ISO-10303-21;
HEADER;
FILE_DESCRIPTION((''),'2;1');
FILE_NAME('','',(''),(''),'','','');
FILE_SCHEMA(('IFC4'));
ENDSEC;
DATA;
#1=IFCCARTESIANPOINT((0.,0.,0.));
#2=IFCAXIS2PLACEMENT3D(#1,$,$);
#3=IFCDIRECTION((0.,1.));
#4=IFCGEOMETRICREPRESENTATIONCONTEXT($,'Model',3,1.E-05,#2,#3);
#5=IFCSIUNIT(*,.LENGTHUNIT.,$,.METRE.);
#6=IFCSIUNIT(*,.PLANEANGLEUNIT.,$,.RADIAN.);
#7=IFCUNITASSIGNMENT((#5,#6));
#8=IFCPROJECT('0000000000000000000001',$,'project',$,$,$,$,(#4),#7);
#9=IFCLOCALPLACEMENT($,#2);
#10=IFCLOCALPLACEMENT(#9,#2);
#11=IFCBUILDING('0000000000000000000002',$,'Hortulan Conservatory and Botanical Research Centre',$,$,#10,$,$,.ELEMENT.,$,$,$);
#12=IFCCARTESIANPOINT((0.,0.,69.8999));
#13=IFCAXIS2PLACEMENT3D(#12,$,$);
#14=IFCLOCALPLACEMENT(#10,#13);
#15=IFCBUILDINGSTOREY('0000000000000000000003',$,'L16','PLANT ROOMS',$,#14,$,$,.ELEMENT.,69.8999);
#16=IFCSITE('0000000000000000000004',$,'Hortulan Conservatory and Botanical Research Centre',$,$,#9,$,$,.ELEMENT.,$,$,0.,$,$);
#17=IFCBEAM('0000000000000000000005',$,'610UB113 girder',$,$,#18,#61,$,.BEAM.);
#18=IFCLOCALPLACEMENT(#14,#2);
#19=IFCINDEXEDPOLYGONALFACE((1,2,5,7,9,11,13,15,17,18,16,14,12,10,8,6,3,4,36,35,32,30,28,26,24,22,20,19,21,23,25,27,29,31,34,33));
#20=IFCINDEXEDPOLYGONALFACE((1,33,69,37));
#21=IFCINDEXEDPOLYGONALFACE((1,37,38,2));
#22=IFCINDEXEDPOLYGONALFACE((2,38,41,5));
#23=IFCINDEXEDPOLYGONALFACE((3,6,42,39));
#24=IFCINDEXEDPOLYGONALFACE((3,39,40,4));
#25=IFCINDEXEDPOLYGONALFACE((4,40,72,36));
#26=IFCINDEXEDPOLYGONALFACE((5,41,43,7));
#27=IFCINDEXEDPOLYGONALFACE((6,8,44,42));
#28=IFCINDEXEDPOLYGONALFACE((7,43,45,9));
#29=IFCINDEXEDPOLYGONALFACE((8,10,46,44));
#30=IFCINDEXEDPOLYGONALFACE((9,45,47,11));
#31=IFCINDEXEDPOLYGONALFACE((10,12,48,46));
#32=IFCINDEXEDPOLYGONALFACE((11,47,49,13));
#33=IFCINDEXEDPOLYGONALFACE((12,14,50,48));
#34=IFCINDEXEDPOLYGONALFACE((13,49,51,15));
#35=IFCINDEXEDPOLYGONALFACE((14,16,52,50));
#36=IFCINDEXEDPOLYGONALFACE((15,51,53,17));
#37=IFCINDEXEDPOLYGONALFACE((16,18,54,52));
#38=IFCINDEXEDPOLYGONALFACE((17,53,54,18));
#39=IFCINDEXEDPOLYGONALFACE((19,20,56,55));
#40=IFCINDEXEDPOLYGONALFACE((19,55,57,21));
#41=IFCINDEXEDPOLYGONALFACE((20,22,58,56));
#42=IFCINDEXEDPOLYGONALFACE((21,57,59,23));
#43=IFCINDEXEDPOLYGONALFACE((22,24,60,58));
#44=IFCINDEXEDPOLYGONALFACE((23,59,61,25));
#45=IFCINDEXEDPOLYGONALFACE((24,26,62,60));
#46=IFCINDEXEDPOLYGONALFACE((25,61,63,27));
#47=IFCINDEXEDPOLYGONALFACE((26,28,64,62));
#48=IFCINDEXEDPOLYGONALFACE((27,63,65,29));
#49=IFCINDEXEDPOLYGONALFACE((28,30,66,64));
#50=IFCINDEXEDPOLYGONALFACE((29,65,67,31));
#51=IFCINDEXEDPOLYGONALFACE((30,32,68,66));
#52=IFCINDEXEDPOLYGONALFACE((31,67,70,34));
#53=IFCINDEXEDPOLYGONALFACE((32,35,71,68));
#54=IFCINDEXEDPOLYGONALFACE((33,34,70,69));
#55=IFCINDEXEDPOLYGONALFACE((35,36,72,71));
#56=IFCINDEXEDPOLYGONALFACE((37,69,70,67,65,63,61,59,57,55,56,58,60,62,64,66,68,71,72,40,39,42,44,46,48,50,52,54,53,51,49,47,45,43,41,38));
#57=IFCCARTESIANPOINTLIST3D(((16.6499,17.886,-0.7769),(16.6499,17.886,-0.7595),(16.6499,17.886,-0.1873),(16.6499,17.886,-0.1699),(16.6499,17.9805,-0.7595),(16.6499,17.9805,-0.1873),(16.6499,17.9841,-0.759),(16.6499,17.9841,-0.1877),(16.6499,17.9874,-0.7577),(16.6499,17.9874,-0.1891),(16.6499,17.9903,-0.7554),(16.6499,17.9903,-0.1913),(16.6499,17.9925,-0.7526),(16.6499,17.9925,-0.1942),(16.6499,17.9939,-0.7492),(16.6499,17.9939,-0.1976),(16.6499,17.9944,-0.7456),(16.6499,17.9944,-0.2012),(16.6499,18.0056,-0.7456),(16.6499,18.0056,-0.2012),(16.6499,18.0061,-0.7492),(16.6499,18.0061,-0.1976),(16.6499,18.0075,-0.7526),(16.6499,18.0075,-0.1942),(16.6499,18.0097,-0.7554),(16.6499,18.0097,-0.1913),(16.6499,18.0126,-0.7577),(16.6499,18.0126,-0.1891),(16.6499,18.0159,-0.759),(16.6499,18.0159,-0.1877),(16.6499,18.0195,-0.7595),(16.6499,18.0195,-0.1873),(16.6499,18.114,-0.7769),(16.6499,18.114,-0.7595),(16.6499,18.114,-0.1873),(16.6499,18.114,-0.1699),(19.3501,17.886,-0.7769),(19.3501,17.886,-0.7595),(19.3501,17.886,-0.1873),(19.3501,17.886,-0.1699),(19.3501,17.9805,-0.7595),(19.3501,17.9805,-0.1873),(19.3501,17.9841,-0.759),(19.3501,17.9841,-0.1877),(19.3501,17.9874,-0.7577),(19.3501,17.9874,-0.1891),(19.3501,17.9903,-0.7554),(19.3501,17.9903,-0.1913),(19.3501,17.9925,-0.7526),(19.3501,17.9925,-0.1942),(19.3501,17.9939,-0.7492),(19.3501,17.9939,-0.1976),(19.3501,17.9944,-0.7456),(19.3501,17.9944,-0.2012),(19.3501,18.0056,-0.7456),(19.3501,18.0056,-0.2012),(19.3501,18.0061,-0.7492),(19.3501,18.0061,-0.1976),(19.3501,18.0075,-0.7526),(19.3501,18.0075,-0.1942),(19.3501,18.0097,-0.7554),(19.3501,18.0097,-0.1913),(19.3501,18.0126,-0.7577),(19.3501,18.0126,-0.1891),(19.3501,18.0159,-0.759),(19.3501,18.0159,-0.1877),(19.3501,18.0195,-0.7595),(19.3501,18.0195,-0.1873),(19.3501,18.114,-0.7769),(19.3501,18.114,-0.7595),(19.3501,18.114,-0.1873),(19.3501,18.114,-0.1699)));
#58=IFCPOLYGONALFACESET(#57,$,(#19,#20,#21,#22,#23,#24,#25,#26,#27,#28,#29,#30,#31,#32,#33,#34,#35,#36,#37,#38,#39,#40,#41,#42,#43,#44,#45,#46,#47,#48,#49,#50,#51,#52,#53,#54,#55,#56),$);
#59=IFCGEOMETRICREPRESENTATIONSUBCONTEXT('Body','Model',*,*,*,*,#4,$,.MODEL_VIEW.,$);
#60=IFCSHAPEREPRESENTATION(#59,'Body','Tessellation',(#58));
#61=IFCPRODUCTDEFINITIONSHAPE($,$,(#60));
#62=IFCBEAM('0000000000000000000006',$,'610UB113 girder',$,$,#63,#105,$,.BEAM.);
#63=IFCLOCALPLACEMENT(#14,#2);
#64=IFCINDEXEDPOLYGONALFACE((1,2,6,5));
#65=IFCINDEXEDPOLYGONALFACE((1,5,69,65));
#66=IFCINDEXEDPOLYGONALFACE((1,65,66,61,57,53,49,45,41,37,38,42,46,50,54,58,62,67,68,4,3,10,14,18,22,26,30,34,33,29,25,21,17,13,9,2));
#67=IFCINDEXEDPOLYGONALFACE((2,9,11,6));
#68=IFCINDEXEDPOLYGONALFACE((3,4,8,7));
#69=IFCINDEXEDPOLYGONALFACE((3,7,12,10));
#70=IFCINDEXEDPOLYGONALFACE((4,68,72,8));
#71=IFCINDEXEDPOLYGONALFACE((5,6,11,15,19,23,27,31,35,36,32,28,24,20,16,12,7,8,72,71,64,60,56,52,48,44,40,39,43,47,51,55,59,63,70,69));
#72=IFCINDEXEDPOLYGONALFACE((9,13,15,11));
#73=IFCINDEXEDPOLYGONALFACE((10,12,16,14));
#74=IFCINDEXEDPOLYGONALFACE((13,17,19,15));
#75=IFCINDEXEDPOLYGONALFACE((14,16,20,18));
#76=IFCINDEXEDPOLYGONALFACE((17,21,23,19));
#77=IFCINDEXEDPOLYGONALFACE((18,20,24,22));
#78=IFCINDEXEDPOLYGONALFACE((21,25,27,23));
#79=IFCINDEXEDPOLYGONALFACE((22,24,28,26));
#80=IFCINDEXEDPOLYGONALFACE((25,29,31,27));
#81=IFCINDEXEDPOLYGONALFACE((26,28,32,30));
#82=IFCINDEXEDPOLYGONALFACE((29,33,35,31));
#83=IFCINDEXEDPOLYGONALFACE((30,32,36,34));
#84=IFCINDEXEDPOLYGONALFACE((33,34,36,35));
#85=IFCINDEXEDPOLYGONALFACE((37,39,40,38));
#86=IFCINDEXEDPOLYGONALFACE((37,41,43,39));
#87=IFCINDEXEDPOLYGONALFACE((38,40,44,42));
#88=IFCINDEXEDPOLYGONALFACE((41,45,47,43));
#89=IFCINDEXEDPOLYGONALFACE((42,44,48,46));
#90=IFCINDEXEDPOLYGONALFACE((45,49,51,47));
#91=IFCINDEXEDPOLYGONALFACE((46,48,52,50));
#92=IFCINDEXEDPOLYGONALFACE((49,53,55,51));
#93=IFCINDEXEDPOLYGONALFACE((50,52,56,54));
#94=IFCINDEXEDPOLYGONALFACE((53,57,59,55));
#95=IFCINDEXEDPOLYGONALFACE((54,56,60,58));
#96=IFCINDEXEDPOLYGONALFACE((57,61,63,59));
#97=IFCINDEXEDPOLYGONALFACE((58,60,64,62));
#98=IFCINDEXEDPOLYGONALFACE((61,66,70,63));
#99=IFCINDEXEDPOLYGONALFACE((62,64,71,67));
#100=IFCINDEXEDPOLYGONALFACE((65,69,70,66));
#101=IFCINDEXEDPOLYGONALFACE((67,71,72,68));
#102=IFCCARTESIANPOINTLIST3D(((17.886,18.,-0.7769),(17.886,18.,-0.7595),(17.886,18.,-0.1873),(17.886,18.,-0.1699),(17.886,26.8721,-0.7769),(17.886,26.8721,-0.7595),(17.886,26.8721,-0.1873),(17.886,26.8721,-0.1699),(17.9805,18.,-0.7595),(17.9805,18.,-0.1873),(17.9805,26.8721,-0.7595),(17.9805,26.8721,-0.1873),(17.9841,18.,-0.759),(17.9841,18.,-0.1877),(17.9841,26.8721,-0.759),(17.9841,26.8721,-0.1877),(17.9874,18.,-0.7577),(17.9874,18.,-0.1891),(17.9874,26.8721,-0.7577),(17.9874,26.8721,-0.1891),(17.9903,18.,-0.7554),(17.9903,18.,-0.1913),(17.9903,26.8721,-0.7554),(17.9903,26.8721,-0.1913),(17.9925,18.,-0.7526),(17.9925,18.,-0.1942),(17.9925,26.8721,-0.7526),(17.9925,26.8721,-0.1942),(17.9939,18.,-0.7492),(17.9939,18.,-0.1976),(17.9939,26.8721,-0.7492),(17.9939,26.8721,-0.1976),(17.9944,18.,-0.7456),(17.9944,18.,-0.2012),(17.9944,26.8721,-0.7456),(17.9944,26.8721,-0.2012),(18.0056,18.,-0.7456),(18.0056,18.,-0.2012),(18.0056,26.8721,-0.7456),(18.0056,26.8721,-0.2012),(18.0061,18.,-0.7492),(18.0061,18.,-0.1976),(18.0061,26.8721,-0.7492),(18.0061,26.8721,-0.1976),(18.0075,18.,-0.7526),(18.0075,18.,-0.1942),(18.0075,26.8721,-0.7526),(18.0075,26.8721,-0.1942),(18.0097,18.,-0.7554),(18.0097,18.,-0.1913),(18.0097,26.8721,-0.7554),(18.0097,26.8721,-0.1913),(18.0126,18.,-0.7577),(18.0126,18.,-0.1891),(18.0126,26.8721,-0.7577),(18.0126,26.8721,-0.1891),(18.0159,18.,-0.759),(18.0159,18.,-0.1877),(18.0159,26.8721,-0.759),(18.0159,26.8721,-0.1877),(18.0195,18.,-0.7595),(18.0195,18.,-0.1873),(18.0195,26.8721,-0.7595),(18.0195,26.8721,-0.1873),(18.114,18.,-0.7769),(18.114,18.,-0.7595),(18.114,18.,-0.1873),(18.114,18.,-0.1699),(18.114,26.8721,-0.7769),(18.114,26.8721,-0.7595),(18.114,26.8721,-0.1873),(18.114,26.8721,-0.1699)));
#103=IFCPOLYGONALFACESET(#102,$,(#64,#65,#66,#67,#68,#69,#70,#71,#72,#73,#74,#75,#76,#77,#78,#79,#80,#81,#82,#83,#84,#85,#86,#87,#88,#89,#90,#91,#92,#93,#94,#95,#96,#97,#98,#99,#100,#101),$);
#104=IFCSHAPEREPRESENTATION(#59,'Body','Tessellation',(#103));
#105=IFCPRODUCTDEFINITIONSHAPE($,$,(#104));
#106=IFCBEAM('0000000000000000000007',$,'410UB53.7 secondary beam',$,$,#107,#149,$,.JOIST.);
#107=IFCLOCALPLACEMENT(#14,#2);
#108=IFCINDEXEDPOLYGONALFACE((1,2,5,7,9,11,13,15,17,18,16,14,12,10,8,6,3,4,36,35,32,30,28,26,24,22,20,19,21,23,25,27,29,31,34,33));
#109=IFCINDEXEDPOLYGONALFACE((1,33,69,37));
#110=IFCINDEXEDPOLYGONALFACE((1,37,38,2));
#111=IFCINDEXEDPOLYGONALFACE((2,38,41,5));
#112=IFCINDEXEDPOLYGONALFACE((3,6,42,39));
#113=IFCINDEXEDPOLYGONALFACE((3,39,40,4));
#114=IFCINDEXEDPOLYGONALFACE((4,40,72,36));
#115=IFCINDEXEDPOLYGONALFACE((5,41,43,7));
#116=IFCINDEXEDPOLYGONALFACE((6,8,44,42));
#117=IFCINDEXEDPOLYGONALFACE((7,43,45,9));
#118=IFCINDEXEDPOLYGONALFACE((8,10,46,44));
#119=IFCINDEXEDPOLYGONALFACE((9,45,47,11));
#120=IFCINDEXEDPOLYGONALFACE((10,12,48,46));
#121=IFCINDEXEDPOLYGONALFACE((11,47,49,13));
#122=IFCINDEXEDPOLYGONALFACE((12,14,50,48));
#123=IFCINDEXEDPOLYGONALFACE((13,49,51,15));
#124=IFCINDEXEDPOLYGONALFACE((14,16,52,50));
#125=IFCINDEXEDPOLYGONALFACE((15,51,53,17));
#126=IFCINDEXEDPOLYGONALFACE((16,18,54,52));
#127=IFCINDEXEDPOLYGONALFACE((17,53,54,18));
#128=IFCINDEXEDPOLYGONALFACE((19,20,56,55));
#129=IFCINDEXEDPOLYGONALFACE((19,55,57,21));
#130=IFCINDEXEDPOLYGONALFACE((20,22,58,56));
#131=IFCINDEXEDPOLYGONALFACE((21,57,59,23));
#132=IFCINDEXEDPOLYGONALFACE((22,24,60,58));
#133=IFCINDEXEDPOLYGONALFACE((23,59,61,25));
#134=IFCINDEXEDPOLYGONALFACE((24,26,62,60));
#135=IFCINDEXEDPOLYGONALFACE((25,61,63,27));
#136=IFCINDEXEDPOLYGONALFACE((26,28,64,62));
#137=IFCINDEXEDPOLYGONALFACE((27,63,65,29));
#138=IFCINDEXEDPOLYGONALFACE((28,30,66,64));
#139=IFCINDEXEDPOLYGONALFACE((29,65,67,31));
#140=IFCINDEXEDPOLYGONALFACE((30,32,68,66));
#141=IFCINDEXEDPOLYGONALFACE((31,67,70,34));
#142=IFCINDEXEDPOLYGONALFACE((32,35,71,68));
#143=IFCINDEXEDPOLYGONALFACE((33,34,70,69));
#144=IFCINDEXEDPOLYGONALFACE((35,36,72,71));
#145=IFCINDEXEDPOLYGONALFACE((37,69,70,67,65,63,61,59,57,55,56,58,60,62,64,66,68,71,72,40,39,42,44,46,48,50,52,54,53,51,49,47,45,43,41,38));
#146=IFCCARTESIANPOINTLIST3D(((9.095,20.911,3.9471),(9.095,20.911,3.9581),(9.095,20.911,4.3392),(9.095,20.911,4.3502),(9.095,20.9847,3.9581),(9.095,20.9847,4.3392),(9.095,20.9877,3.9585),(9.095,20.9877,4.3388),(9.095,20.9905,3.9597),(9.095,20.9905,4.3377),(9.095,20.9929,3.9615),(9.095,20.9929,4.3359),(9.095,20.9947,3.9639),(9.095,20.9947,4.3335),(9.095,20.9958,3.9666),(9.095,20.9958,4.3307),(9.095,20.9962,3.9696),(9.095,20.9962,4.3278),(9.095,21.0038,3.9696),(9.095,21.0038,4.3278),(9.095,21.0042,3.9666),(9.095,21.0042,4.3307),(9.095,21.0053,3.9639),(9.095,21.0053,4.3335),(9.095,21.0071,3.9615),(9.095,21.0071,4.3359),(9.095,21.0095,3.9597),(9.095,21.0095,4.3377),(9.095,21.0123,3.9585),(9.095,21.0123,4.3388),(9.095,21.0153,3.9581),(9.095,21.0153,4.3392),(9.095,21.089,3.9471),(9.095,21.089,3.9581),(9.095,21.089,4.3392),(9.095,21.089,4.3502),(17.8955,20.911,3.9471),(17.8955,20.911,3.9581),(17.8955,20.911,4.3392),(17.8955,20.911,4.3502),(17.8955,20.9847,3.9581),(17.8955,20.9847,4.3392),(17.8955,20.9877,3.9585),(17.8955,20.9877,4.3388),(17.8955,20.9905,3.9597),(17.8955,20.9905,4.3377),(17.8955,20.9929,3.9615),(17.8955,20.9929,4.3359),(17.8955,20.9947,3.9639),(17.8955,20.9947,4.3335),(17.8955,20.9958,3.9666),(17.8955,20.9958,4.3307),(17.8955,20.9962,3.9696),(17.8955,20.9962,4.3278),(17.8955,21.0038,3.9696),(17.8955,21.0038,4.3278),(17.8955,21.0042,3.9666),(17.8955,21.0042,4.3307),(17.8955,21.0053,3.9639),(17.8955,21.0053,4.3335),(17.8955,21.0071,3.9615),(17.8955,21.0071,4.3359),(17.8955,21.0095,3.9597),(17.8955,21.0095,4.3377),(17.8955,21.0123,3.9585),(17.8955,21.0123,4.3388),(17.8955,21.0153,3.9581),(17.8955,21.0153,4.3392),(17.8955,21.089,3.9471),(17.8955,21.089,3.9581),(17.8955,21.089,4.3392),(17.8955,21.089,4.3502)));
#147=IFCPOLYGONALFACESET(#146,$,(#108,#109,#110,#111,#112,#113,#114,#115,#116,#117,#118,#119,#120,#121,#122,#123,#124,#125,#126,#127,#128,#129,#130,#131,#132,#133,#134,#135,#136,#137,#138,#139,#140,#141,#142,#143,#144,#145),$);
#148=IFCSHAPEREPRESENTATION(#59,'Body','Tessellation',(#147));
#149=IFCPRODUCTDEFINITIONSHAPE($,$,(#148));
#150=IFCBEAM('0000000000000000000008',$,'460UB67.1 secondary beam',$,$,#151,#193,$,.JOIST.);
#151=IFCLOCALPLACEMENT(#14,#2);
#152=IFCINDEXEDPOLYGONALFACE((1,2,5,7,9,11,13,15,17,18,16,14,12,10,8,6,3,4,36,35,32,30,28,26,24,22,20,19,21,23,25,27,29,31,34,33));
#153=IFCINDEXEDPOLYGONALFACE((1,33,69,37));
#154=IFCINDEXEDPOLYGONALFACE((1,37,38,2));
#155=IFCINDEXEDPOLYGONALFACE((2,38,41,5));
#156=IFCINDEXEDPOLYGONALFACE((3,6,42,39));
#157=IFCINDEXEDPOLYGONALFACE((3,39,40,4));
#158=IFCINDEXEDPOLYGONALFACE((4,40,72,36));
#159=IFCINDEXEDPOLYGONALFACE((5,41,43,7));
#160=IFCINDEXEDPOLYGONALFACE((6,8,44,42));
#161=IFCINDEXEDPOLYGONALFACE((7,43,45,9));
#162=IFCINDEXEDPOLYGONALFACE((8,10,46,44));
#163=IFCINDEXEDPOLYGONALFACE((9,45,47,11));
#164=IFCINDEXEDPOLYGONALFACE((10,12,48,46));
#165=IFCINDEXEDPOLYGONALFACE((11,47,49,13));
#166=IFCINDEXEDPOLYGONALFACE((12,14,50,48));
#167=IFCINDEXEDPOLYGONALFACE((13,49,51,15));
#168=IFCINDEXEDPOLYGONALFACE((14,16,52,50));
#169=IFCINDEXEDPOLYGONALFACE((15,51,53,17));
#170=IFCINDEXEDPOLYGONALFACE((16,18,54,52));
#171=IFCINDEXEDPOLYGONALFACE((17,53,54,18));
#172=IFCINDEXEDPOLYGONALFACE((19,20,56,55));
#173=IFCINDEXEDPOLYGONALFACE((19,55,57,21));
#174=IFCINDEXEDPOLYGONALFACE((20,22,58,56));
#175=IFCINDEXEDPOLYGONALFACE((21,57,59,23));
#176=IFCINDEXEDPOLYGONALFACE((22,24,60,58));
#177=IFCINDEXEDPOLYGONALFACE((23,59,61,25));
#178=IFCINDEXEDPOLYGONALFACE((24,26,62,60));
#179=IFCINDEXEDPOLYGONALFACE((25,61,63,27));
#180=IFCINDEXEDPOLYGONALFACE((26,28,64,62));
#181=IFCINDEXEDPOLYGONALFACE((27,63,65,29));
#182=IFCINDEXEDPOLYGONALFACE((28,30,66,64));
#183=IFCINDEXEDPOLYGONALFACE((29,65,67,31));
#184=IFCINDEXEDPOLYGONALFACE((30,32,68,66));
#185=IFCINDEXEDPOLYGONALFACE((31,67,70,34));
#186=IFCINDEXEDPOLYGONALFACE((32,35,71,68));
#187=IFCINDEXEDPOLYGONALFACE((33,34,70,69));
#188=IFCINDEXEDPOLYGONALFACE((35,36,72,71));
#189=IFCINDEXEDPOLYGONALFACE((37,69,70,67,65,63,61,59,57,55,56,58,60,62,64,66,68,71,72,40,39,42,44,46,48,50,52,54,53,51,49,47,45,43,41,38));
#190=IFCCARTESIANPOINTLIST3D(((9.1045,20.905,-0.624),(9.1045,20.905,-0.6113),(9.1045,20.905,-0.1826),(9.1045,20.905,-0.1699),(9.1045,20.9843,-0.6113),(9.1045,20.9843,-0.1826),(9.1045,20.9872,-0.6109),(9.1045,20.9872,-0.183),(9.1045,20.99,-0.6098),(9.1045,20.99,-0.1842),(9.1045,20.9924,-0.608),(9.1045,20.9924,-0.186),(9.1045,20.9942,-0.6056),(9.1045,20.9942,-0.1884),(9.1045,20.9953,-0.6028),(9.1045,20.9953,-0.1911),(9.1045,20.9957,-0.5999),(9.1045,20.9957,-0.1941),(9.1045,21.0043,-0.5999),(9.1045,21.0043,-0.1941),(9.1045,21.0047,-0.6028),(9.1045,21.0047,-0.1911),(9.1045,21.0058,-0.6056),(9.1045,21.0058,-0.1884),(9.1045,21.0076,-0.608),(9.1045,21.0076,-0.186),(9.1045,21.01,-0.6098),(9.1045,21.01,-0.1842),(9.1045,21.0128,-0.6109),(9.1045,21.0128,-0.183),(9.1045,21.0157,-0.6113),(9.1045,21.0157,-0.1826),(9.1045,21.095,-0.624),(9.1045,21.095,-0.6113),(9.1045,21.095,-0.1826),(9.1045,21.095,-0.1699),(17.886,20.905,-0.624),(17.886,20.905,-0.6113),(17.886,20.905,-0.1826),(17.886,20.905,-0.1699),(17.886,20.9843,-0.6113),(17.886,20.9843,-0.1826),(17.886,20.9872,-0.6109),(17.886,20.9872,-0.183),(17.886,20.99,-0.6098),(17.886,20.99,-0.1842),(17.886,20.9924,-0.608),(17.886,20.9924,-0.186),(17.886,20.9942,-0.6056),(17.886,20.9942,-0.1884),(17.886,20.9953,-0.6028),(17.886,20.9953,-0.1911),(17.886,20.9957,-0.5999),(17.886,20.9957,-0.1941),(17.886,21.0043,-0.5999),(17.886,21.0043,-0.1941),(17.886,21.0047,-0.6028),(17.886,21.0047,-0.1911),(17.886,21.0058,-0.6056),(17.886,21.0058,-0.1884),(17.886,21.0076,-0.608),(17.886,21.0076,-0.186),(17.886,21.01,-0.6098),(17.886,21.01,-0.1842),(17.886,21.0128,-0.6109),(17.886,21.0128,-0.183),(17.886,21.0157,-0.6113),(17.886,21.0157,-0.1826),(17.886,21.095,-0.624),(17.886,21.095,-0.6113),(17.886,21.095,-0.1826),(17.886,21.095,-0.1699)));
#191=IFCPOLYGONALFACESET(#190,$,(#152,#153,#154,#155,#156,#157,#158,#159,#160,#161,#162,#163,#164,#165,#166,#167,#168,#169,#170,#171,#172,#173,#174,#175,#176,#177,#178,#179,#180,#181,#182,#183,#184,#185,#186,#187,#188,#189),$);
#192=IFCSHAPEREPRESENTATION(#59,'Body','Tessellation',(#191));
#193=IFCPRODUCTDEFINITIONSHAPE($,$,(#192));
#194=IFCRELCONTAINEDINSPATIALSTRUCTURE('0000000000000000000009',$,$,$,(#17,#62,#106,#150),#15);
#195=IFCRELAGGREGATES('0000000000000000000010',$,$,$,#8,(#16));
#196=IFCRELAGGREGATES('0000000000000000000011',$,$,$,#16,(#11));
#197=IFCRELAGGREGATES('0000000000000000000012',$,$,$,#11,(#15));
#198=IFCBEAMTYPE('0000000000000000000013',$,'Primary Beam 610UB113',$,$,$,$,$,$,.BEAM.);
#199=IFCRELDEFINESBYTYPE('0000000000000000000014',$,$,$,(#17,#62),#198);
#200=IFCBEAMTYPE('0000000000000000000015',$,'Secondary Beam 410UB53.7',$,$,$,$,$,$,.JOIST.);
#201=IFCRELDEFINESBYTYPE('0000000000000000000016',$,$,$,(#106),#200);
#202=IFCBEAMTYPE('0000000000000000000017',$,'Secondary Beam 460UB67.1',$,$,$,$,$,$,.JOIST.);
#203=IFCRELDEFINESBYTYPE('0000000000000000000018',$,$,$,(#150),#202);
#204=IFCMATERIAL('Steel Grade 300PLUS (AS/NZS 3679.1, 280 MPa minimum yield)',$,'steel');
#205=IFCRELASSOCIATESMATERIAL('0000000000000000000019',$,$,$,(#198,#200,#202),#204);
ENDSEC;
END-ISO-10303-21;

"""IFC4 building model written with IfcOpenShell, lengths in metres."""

from ifc_helpers import new_model, si_unit, direction, frame, origin, origin_2d, place, context, subcontext, project, spatial, i_section, extrude, material, material_profile, profile_set, type_object, element, save


model = new_model("IFC4")

# Units and contexts
model_context = context("Model", 3, precision=1e-05, world=origin(), true_north=direction((0.0, 1.0)))
body_context = subcontext(model_context, "Body", "Model", "MODEL_VIEW")
ifc_project = project(units=[si_unit("LENGTHUNIT", "METRE"), si_unit("PLANEANGLEUNIT", "RADIAN")], contexts=[model_context])

# Site, building, storey
site_placement = place(None, origin())
site = spatial("IfcSite", under=ifc_project, at=site_placement, Name="Hortulan Conservatory and Botanical Research Centre", CompositionType="ELEMENT", RefElevation=0.0)
building_placement = place(site_placement, origin())
building = spatial("IfcBuilding", under=site, at=building_placement, Name="Hortulan Conservatory and Botanical Research Centre", CompositionType="ELEMENT")
storey_placement = place(building_placement, frame((0.0, 0.0, 69.8999)))
storey = spatial("IfcBuildingStorey", under=building, at=storey_placement, Name="L16", Description="PLANT ROOMS", CompositionType="ELEMENT", Elevation=69.8999)

# Beams
ifc_material_1 = material(Name="Steel Grade 300PLUS (AS/NZS 3679.1, 280 MPa minimum yield)", Category="steel")
ifc_material_profile_1 = material_profile(ifc_material_1, i_section(OverallWidth=0.228, OverallDepth=0.6069, WebThickness=0.0112, FlangeThickness=0.0173, FilletRadius=0.0139, at=origin_2d()), Name="610UB113")
ifc_profile_set_1 = profile_set([ifc_material_profile_1], Name="Steel Grade 300PLUS (AS/NZS 3679.1, 280 MPa minimum yield)")
beam_type_1 = type_object("IfcBeamType", Name="Primary Beam 610UB113", PredefinedType="BEAM", material=ifc_profile_set_1)
beam_1_placement = place(storey_placement, frame((16.6499, 18.0, -0.4734), z_axis=(1.0, 0.0, 0.0), x_axis=(0.0, 1.0, 0.0)))
element("IfcBeam", 1, at=beam_1_placement, inside=storey, type_object=beam_type_1, Name="610UB113 girder", PredefinedType="BEAM", context=body_context, shape_type="SweptSolid", body=[
    extrude(i_section(OverallWidth=0.228, OverallDepth=0.6069, WebThickness=0.0112, FlangeThickness=0.0173, FilletRadius=0.0139, at=origin_2d()), origin(), (0.0, 0.0, 1.0), 2.7002),
])
beam_2_placement = place(storey_placement, frame((18.0, 18.0, -0.4734), z_axis=(0.0, 1.0, 0.0), x_axis=(-1.0, 0.0, 0.0)))
element("IfcBeam", 2, at=beam_2_placement, inside=storey, type_object=beam_type_1, Name="610UB113 girder", PredefinedType="BEAM", context=body_context, shape_type="SweptSolid", body=[
    extrude(i_section(OverallWidth=0.228, OverallDepth=0.6069, WebThickness=0.0112, FlangeThickness=0.0173, FilletRadius=0.0139, at=origin_2d()), origin(), (0.0, 0.0, 1.0), 8.8721),
])
ifc_material_profile_2 = material_profile(ifc_material_1, i_section(OverallWidth=0.178, OverallDepth=0.4031, WebThickness=0.0076, FlangeThickness=0.011, FilletRadius=0.0115, at=origin_2d()), Name="410UB53.7")
ifc_profile_set_2 = profile_set([ifc_material_profile_2], Name="Steel Grade 300PLUS (AS/NZS 3679.1, 280 MPa minimum yield)")
beam_type_2 = type_object("IfcBeamType", Name="Secondary Beam 410UB53.7", PredefinedType="JOIST", material=ifc_profile_set_2)
beam_3_placement = place(storey_placement, frame((9.095, 21.0, 4.1487), z_axis=(1.0, 0.0, 0.0), x_axis=(0.0, 1.0, 0.0)))
element("IfcBeam", 3, at=beam_3_placement, inside=storey, type_object=beam_type_2, Name="410UB53.7 secondary beam", PredefinedType="JOIST", context=body_context, shape_type="SweptSolid", body=[
    extrude(i_section(OverallWidth=0.178, OverallDepth=0.4031, WebThickness=0.0076, FlangeThickness=0.011, FilletRadius=0.0115, at=origin_2d()), origin(), (0.0, 0.0, 1.0), 8.8005),
])
ifc_material_profile_3 = material_profile(ifc_material_1, i_section(OverallWidth=0.1899, OverallDepth=0.4541, WebThickness=0.0085, FlangeThickness=0.0127, FilletRadius=0.0115, at=origin_2d()), Name="460UB67.1")
ifc_profile_set_3 = profile_set([ifc_material_profile_3], Name="Steel Grade 300PLUS (AS/NZS 3679.1, 280 MPa minimum yield)")
beam_type_3 = type_object("IfcBeamType", Name="Secondary Beam 460UB67.1", PredefinedType="JOIST", material=ifc_profile_set_3)
beam_4_placement = place(storey_placement, frame((9.1045, 21.0, -0.397), z_axis=(1.0, 0.0, 0.0), x_axis=(0.0, 1.0, 0.0)))
element("IfcBeam", 4, at=beam_4_placement, inside=storey, type_object=beam_type_3, Name="460UB67.1 secondary beam", PredefinedType="JOIST", context=body_context, shape_type="SweptSolid", body=[
    extrude(i_section(OverallWidth=0.1899, OverallDepth=0.4541, WebThickness=0.0085, FlangeThickness=0.0127, FilletRadius=0.0115, at=origin_2d()), origin(), (0.0, 0.0, 1.0), 8.7815),
])

save(model, "model.ifc")
